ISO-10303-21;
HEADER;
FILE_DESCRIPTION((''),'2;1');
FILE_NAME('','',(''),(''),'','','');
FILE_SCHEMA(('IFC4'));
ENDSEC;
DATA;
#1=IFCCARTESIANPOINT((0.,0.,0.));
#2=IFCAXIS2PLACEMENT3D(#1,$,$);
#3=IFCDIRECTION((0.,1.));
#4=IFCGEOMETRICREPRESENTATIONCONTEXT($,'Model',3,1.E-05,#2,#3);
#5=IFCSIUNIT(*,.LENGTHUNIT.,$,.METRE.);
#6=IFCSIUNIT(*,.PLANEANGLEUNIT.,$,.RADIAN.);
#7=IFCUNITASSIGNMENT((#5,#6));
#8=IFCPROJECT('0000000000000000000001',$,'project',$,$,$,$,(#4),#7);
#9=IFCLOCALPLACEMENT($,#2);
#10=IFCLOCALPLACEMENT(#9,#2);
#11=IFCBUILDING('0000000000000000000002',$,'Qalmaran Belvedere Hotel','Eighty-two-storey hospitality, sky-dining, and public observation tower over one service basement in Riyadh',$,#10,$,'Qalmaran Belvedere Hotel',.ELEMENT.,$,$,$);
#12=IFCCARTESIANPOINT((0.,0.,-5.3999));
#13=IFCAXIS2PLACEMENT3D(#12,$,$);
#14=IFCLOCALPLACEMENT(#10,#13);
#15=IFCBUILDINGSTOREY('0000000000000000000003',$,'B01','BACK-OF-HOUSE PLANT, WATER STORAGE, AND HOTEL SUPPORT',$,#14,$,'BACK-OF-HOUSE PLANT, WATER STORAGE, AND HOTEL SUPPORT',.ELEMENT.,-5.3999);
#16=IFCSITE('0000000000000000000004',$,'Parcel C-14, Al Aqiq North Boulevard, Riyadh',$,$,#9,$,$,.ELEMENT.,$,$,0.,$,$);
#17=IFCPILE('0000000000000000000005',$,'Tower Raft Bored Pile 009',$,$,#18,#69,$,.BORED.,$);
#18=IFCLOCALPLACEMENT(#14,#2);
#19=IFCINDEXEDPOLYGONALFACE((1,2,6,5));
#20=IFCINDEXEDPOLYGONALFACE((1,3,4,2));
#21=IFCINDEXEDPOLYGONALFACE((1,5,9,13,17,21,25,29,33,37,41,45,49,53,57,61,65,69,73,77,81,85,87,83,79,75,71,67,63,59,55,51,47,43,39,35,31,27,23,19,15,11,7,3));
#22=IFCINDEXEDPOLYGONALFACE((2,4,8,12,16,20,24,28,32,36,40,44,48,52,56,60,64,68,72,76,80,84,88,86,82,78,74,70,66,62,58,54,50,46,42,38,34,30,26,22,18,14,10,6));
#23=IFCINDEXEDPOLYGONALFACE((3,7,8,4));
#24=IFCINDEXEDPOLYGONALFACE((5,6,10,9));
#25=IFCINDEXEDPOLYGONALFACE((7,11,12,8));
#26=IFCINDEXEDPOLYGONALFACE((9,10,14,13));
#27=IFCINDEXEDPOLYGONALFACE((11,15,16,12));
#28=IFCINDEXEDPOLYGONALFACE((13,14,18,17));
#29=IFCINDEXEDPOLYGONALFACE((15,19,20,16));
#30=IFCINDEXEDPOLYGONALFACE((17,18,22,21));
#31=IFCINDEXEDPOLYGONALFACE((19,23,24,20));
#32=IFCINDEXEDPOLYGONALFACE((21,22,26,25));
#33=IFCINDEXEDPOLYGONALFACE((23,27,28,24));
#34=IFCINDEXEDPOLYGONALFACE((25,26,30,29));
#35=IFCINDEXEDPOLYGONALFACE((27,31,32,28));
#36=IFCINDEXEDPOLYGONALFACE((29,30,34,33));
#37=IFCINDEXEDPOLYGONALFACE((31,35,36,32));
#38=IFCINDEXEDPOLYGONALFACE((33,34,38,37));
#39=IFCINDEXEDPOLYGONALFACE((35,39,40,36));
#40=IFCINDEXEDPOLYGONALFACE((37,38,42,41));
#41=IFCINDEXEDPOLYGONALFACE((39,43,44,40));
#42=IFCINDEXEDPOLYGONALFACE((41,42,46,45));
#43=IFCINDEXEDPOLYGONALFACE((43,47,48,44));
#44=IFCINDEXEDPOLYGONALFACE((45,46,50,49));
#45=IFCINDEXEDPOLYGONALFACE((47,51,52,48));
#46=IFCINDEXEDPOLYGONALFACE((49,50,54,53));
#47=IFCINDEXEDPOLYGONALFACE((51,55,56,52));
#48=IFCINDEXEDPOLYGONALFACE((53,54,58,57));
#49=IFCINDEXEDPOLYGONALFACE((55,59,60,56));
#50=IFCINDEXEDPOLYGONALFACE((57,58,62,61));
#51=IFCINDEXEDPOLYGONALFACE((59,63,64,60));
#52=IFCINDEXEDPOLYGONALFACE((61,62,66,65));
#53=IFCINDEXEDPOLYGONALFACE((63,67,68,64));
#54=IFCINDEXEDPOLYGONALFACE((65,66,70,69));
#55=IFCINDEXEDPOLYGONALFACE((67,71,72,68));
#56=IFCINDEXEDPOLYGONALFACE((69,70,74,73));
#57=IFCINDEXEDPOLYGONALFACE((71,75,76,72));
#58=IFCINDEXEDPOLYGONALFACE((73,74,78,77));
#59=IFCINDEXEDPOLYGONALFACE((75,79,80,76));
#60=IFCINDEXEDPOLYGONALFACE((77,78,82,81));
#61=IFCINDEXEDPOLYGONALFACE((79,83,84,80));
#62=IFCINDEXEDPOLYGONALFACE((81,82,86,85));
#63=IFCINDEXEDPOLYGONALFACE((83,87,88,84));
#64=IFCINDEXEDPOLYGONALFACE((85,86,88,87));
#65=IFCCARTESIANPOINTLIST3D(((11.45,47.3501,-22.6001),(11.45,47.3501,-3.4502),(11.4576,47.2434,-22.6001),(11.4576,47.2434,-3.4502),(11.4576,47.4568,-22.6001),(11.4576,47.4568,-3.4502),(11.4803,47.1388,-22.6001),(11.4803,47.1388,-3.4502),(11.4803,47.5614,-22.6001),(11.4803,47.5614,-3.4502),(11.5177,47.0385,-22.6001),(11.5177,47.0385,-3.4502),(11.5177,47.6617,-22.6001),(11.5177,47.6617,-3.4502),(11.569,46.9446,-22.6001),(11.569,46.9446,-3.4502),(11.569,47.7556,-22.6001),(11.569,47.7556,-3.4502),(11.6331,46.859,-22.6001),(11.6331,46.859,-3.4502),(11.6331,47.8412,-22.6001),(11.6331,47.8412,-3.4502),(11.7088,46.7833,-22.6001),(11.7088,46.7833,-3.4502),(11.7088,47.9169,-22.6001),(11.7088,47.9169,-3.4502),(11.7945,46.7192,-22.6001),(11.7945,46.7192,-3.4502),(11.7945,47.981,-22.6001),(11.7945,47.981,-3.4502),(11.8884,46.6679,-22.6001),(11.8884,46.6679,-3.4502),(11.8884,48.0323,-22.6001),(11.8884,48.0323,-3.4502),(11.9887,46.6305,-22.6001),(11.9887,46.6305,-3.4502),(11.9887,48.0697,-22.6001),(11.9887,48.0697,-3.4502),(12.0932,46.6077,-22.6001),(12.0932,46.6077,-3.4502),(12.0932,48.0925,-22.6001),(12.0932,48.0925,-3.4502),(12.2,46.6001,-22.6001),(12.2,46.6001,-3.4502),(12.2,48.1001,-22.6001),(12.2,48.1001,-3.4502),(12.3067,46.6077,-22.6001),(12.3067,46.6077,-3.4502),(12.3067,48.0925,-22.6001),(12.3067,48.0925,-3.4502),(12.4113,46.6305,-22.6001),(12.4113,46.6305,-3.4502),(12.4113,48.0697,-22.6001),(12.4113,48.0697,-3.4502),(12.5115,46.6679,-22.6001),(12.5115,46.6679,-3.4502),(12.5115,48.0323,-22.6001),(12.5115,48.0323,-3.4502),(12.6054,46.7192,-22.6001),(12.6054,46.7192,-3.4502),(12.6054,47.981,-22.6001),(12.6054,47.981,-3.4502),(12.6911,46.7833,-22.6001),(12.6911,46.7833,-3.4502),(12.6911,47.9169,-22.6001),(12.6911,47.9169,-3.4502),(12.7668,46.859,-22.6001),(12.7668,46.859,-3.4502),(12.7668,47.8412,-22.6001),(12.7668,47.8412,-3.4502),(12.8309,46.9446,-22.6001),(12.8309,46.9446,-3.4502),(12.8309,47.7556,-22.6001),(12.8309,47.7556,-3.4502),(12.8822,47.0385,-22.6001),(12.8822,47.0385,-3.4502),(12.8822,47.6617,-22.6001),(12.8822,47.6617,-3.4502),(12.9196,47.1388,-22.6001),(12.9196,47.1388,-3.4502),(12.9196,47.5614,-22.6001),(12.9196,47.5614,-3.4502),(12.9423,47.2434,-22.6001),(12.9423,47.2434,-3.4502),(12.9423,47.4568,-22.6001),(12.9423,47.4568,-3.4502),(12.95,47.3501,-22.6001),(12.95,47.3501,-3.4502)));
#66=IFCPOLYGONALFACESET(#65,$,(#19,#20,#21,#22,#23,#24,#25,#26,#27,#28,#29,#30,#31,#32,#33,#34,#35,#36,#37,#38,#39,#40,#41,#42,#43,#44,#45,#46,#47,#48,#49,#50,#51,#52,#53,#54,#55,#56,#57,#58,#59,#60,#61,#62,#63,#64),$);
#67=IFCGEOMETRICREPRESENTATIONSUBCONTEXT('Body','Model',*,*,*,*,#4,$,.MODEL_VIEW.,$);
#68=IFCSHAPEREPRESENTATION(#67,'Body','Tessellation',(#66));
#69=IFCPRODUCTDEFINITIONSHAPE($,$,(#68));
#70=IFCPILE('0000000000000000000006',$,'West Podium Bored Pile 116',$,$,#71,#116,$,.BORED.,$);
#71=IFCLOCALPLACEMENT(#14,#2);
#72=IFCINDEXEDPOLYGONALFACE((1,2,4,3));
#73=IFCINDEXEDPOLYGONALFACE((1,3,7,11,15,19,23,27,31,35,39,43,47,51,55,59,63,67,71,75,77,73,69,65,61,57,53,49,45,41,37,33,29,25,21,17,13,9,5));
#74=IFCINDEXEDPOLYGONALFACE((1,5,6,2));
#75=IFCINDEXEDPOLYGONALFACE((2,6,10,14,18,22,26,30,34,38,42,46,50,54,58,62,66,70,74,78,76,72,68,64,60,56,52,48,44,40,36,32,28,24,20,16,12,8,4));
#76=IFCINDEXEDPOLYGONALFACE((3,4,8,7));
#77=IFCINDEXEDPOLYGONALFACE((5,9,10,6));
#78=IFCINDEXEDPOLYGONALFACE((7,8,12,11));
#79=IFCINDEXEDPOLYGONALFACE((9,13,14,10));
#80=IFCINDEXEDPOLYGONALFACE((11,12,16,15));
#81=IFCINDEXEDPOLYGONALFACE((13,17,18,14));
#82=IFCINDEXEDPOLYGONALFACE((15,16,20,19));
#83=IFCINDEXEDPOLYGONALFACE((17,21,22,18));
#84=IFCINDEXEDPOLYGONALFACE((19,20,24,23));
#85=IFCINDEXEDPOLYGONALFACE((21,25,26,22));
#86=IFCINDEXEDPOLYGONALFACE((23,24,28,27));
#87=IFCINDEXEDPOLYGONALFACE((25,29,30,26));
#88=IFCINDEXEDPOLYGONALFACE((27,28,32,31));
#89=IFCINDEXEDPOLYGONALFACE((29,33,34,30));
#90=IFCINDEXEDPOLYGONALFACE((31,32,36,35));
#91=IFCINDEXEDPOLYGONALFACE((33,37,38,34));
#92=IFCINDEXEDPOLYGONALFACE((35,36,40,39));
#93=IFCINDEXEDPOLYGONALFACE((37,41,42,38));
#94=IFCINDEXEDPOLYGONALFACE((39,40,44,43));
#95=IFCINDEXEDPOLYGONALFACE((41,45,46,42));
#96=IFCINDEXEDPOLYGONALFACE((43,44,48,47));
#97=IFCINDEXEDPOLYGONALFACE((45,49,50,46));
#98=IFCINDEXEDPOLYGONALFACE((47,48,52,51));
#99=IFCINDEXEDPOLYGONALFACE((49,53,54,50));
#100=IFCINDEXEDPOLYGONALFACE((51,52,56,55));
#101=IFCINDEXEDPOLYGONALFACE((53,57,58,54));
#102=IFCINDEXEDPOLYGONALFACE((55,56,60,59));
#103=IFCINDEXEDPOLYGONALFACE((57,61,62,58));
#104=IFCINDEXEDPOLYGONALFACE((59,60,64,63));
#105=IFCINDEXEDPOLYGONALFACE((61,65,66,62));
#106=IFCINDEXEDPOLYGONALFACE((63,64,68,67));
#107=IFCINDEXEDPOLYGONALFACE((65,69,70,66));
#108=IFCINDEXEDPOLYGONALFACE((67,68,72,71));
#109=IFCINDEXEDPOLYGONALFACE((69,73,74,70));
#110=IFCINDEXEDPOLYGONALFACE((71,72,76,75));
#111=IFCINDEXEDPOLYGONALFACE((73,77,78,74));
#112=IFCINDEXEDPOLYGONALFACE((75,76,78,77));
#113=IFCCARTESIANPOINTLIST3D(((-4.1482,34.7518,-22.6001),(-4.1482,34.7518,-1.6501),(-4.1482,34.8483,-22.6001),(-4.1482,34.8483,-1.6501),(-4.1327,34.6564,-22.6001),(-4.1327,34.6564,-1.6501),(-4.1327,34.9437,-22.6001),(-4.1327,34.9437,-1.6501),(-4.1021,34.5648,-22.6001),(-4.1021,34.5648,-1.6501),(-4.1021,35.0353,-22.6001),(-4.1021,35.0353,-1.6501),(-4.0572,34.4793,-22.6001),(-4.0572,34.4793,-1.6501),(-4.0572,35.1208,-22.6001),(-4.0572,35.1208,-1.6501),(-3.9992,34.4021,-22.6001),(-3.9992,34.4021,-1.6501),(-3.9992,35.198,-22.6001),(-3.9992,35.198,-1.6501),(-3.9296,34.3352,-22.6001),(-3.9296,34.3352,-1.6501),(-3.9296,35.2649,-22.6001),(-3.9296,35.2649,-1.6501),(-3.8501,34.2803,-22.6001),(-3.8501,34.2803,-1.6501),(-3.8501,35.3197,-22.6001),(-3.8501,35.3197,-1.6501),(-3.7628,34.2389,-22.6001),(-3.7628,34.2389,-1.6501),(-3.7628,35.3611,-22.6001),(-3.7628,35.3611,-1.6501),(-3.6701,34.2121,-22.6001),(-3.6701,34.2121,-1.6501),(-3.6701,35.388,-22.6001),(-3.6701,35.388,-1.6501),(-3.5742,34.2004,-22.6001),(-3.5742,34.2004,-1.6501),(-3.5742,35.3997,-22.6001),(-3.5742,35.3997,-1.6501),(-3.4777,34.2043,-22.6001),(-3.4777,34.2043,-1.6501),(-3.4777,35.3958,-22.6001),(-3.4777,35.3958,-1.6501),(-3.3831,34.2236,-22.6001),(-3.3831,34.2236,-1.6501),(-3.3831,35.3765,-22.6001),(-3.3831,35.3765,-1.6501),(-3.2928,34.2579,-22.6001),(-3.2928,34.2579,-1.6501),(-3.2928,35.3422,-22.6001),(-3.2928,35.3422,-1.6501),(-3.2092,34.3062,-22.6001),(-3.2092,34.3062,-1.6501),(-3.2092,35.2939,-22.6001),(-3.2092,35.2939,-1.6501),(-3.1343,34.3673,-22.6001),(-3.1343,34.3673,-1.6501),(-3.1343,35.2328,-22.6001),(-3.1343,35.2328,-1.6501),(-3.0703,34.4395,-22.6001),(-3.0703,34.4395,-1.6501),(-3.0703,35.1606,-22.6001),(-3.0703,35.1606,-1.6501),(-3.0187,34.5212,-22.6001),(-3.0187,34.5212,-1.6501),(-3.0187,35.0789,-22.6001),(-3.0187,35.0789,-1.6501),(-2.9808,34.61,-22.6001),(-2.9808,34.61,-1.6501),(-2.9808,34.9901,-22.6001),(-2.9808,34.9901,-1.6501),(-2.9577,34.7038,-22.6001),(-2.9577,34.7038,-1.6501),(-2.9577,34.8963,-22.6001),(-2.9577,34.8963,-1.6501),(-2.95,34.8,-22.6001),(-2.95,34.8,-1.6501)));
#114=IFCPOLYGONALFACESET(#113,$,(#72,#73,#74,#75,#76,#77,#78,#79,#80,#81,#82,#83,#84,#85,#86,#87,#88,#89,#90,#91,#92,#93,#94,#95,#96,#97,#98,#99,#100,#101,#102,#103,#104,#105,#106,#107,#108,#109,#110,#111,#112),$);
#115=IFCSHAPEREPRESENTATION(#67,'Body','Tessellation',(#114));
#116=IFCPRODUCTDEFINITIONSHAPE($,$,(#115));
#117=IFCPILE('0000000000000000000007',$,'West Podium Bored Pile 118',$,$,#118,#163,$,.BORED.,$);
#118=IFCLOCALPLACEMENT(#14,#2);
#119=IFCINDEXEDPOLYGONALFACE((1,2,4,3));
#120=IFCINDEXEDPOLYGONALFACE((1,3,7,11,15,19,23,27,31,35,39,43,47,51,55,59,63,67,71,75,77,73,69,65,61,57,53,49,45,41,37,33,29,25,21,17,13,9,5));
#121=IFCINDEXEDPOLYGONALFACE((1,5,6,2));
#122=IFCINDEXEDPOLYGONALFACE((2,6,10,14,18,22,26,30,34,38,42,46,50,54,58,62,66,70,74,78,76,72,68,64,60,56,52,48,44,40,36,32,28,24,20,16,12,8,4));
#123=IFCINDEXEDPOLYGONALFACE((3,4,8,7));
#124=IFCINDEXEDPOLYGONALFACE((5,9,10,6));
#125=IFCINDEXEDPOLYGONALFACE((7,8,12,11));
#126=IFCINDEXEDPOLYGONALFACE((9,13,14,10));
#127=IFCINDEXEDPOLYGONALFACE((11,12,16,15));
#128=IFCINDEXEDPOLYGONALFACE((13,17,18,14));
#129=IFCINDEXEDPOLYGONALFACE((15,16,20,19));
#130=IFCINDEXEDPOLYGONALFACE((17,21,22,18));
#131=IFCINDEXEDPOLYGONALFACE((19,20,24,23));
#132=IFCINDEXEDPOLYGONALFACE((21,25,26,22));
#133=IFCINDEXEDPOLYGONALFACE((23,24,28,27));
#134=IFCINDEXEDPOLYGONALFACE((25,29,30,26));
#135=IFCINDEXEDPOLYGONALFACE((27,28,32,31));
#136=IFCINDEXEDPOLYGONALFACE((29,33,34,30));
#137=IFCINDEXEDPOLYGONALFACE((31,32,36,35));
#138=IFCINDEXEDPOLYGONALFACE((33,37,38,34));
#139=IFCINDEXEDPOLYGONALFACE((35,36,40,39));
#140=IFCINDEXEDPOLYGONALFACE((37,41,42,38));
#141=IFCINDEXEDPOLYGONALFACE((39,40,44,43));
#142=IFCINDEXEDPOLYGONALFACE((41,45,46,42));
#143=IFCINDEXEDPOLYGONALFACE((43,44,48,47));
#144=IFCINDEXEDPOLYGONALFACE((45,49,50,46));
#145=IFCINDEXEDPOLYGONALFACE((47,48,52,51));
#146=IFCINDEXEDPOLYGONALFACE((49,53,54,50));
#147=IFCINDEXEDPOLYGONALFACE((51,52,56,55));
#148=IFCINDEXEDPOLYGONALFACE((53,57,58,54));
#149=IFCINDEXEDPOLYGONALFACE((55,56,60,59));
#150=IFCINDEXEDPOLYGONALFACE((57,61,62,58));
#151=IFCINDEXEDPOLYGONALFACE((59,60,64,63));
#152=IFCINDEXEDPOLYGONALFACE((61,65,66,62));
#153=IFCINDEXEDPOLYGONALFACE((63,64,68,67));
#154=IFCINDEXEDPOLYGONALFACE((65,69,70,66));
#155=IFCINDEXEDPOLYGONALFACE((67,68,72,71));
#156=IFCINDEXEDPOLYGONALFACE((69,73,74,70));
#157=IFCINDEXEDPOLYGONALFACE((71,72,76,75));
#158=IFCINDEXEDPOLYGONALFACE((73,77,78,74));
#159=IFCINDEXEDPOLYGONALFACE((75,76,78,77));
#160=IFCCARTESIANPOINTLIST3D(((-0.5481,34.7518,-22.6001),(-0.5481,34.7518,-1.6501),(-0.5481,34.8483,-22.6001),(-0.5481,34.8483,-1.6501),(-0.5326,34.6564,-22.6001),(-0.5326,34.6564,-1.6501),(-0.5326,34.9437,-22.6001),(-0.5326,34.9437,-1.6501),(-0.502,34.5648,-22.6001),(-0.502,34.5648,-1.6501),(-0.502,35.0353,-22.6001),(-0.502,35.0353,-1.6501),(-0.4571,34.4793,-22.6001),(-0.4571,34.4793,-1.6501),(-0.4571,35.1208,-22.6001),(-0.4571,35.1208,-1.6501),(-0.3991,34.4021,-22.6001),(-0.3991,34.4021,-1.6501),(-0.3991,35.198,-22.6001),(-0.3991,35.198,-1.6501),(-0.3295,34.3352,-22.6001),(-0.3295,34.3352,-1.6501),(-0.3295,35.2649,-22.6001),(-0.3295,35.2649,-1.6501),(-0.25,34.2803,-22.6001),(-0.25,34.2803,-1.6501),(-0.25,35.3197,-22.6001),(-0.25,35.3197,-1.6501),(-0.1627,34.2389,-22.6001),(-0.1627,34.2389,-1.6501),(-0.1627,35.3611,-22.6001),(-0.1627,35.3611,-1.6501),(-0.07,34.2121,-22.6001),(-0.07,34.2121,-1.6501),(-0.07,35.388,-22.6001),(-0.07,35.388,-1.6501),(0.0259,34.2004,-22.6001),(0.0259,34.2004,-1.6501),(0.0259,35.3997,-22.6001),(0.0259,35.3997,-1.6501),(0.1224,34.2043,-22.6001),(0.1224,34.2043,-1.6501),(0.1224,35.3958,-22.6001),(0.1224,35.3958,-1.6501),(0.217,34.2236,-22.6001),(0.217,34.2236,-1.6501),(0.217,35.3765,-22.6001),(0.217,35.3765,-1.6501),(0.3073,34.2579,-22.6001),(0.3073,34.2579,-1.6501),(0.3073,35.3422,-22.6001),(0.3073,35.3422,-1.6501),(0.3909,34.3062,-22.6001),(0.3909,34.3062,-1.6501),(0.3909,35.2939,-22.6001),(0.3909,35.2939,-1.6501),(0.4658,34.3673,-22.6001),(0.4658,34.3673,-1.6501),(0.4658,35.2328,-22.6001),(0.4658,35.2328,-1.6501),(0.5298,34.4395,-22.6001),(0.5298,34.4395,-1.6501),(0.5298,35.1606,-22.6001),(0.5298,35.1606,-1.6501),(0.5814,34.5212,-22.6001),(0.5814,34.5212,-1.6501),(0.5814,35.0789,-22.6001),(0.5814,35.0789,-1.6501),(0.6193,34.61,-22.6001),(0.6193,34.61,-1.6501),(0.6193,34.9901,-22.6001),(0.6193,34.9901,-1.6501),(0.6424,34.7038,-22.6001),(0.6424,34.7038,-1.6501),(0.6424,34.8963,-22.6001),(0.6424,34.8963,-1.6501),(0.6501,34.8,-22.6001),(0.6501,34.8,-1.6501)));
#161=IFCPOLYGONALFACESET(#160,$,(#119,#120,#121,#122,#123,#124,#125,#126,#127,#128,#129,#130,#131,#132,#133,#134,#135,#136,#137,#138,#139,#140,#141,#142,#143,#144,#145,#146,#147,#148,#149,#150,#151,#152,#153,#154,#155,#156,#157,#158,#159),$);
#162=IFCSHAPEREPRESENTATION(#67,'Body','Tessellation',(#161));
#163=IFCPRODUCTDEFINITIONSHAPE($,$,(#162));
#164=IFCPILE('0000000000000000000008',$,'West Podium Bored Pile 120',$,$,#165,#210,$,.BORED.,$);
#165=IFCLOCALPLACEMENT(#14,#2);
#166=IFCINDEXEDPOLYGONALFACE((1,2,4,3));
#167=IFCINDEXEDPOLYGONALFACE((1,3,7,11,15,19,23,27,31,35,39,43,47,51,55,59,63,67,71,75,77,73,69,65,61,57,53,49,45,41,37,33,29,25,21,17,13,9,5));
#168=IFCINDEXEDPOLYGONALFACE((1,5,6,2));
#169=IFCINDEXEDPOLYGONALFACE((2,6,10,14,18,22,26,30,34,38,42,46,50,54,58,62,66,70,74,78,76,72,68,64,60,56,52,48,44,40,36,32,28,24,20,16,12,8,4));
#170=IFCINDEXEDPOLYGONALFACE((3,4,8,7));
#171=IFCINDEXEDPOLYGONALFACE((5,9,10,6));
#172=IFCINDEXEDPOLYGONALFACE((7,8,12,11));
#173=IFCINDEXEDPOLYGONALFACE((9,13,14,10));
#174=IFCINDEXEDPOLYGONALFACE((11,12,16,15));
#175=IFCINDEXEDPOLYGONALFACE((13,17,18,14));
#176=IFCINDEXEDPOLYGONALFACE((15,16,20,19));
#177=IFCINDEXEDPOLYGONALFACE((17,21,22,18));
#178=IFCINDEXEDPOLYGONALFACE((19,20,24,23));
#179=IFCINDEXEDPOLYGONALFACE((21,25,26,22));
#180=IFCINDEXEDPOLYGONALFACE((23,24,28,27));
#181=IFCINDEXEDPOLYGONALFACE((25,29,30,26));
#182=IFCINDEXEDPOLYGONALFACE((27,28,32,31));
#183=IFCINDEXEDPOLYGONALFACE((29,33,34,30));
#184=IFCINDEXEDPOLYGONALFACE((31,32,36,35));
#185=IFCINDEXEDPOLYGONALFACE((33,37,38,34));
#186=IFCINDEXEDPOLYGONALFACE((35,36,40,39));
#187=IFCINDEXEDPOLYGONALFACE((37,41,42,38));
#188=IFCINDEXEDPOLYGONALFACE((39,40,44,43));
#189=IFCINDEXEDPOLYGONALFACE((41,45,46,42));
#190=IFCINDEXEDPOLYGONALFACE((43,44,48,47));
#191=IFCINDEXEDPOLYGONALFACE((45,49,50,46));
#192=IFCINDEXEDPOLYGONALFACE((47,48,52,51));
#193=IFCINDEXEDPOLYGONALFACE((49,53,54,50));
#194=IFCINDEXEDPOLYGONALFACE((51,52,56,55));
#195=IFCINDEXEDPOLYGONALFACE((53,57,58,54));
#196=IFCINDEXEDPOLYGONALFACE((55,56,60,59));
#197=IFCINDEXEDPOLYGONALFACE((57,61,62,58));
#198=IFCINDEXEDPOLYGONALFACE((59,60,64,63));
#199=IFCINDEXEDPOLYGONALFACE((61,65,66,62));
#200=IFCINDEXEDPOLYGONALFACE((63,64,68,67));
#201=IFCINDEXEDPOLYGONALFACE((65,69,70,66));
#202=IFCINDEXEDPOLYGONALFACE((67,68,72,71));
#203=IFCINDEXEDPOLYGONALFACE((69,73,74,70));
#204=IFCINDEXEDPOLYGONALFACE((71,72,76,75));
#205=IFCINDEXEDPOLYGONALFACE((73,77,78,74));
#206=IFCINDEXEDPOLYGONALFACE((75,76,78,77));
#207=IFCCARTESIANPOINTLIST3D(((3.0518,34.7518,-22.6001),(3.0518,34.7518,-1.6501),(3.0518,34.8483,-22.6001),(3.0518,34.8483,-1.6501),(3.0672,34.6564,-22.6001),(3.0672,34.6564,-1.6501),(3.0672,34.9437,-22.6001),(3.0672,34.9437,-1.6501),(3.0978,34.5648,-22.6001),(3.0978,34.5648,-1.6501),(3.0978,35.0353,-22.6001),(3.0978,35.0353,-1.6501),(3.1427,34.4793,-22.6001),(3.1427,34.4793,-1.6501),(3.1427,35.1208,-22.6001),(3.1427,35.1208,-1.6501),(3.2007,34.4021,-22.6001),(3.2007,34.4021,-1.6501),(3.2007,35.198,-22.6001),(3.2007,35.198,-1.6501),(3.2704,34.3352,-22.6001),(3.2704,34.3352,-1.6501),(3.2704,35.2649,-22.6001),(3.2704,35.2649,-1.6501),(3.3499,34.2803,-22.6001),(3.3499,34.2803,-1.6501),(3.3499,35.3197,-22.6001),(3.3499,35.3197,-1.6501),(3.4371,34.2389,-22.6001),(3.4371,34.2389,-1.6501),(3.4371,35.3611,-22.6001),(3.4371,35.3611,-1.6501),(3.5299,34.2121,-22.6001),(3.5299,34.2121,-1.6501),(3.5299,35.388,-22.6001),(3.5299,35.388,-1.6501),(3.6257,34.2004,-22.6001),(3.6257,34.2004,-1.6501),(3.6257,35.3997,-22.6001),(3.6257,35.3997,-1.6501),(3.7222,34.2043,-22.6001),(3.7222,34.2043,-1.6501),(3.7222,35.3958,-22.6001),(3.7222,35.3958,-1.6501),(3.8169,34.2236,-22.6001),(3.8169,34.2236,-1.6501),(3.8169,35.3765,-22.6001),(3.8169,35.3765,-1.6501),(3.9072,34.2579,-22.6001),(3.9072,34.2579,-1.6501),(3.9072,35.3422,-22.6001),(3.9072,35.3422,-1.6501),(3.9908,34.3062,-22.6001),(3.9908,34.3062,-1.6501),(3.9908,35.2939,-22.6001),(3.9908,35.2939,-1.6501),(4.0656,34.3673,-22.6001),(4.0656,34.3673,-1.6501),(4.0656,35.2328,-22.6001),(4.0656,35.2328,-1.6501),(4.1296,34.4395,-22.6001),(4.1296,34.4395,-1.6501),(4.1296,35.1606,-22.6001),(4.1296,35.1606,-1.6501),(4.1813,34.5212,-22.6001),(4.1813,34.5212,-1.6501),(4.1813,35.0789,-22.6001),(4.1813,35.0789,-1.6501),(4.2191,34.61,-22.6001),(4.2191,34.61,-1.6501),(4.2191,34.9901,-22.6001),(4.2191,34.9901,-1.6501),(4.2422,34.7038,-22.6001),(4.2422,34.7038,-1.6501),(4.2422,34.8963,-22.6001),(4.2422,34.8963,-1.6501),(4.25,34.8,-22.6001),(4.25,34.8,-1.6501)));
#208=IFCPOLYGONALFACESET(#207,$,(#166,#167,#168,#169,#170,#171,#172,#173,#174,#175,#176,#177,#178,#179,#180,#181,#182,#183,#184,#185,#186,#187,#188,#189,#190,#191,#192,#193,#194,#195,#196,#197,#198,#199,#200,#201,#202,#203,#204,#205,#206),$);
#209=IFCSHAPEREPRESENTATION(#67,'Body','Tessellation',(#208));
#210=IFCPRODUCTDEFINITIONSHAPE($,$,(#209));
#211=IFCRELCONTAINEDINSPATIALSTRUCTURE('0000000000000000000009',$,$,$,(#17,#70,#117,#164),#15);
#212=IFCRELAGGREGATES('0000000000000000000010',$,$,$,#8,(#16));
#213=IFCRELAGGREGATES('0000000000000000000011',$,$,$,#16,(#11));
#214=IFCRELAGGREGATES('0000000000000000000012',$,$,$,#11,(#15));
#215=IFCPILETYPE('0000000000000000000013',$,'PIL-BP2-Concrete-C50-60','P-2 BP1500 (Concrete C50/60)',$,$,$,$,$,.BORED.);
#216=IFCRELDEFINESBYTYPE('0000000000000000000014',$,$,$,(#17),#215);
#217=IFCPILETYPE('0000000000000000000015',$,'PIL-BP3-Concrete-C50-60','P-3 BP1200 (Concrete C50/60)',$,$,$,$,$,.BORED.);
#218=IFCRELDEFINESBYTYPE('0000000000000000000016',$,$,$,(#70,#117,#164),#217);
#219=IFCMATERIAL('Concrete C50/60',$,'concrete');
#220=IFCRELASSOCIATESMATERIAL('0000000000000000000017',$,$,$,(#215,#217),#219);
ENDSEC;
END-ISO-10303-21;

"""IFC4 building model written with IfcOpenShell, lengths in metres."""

from ifc_helpers import new_model, si_unit, direction, frame, origin, origin_2d, place, context, subcontext, project, spatial, circle, extrude, material, material_profile, profile_set, type_object, element, save


model = new_model("IFC4")

# Units and contexts
model_context = context("Model", 3, precision=1e-05, world=origin(), true_north=direction((0.0, 1.0)))
body_context = subcontext(model_context, "Body", "Model", "MODEL_VIEW")
ifc_project = project(units=[si_unit("LENGTHUNIT", "METRE"), si_unit("PLANEANGLEUNIT", "RADIAN")], contexts=[model_context])

# Site, building, storey
site_placement = place(None, origin())
site = spatial("IfcSite", under=ifc_project, at=site_placement, Name="Parcel C-14, Al Aqiq North Boulevard, Riyadh", CompositionType="ELEMENT", RefElevation=0.0)
building_placement = place(site_placement, origin())
building = spatial("IfcBuilding", under=site, at=building_placement, Name="Qalmaran Belvedere Hotel", Description="Eighty-two-storey hospitality, sky-dining, and public observation tower over one service basement in Riyadh", LongName="Qalmaran Belvedere Hotel", CompositionType="ELEMENT")
storey_placement = place(building_placement, frame((0.0, 0.0, -5.3999)))
storey = spatial("IfcBuildingStorey", under=building, at=storey_placement, Name="B01", Description="BACK-OF-HOUSE PLANT, WATER STORAGE, AND HOTEL SUPPORT", LongName="BACK-OF-HOUSE PLANT, WATER STORAGE, AND HOTEL SUPPORT", CompositionType="ELEMENT", Elevation=-5.3999)

# Shared definitions
ifc_material_1 = material(Name="Concrete C50/60", Category="concrete")

# Piles
ifc_material_profile_1 = material_profile(ifc_material_1, circle(Radius=0.75, at=origin_2d()), Name="BP1500")
ifc_profile_set_1 = profile_set([ifc_material_profile_1], Name="Concrete C50/60")
pile_type_1 = type_object("IfcPileType", Name="PIL-BP2-Concrete-C50-60", Description="P-2 BP1500 (Concrete C50/60)", PredefinedType="BORED", material=ifc_profile_set_1)
for number, where, z_axis, x_axis, name in (
    (1, (12.2, 47.3501, -3.4502), (0.0, 0.0, -1.0), (1.0, 0.0, 0.0), "Tower Raft Bored Pile 009"),
):
    element("IfcPile", number, at=place(storey_placement, frame(where, z_axis=z_axis, x_axis=x_axis)), inside=storey, type_object=pile_type_1, Name=name, PredefinedType="BORED", context=body_context, shape_type="SweptSolid", body=[
        extrude(circle(Radius=0.75, at=origin_2d()), origin(), (0.0, 0.0, 1.0), 19.1499),
    ])
ifc_material_profile_2 = material_profile(ifc_material_1, circle(Radius=0.6001, at=origin_2d()), Name="BP1200")
ifc_profile_set_2 = profile_set([ifc_material_profile_2], Name="Concrete C50/60")
pile_type_2 = type_object("IfcPileType", Name="PIL-BP3-Concrete-C50-60", Description="P-3 BP1200 (Concrete C50/60)", PredefinedType="BORED", material=ifc_profile_set_2)
for number, where, z_axis, x_axis, name in (
    (2, (-3.55, 34.8, -1.6501), (0.0, 0.0, -1.0), (1.0, 0.0, 0.0), "West Podium Bored Pile 116"),
    (3, (0.05, 34.8, -1.6501), (0.0, 0.0, -1.0), (1.0, 0.0, 0.0), "West Podium Bored Pile 118"),
    (4, (3.6499, 34.8, -1.6501), (0.0, 0.0, -1.0), (1.0, 0.0, 0.0), "West Podium Bored Pile 120"),
):
    element("IfcPile", number, at=place(storey_placement, frame(where, z_axis=z_axis, x_axis=x_axis)), inside=storey, type_object=pile_type_2, Name=name, PredefinedType="BORED", context=body_context, shape_type="SweptSolid", body=[
        extrude(circle(Radius=0.6001, at=origin_2d()), origin(), (0.0, 0.0, 1.0), 20.95),
    ])

save(model, "model.ifc")
